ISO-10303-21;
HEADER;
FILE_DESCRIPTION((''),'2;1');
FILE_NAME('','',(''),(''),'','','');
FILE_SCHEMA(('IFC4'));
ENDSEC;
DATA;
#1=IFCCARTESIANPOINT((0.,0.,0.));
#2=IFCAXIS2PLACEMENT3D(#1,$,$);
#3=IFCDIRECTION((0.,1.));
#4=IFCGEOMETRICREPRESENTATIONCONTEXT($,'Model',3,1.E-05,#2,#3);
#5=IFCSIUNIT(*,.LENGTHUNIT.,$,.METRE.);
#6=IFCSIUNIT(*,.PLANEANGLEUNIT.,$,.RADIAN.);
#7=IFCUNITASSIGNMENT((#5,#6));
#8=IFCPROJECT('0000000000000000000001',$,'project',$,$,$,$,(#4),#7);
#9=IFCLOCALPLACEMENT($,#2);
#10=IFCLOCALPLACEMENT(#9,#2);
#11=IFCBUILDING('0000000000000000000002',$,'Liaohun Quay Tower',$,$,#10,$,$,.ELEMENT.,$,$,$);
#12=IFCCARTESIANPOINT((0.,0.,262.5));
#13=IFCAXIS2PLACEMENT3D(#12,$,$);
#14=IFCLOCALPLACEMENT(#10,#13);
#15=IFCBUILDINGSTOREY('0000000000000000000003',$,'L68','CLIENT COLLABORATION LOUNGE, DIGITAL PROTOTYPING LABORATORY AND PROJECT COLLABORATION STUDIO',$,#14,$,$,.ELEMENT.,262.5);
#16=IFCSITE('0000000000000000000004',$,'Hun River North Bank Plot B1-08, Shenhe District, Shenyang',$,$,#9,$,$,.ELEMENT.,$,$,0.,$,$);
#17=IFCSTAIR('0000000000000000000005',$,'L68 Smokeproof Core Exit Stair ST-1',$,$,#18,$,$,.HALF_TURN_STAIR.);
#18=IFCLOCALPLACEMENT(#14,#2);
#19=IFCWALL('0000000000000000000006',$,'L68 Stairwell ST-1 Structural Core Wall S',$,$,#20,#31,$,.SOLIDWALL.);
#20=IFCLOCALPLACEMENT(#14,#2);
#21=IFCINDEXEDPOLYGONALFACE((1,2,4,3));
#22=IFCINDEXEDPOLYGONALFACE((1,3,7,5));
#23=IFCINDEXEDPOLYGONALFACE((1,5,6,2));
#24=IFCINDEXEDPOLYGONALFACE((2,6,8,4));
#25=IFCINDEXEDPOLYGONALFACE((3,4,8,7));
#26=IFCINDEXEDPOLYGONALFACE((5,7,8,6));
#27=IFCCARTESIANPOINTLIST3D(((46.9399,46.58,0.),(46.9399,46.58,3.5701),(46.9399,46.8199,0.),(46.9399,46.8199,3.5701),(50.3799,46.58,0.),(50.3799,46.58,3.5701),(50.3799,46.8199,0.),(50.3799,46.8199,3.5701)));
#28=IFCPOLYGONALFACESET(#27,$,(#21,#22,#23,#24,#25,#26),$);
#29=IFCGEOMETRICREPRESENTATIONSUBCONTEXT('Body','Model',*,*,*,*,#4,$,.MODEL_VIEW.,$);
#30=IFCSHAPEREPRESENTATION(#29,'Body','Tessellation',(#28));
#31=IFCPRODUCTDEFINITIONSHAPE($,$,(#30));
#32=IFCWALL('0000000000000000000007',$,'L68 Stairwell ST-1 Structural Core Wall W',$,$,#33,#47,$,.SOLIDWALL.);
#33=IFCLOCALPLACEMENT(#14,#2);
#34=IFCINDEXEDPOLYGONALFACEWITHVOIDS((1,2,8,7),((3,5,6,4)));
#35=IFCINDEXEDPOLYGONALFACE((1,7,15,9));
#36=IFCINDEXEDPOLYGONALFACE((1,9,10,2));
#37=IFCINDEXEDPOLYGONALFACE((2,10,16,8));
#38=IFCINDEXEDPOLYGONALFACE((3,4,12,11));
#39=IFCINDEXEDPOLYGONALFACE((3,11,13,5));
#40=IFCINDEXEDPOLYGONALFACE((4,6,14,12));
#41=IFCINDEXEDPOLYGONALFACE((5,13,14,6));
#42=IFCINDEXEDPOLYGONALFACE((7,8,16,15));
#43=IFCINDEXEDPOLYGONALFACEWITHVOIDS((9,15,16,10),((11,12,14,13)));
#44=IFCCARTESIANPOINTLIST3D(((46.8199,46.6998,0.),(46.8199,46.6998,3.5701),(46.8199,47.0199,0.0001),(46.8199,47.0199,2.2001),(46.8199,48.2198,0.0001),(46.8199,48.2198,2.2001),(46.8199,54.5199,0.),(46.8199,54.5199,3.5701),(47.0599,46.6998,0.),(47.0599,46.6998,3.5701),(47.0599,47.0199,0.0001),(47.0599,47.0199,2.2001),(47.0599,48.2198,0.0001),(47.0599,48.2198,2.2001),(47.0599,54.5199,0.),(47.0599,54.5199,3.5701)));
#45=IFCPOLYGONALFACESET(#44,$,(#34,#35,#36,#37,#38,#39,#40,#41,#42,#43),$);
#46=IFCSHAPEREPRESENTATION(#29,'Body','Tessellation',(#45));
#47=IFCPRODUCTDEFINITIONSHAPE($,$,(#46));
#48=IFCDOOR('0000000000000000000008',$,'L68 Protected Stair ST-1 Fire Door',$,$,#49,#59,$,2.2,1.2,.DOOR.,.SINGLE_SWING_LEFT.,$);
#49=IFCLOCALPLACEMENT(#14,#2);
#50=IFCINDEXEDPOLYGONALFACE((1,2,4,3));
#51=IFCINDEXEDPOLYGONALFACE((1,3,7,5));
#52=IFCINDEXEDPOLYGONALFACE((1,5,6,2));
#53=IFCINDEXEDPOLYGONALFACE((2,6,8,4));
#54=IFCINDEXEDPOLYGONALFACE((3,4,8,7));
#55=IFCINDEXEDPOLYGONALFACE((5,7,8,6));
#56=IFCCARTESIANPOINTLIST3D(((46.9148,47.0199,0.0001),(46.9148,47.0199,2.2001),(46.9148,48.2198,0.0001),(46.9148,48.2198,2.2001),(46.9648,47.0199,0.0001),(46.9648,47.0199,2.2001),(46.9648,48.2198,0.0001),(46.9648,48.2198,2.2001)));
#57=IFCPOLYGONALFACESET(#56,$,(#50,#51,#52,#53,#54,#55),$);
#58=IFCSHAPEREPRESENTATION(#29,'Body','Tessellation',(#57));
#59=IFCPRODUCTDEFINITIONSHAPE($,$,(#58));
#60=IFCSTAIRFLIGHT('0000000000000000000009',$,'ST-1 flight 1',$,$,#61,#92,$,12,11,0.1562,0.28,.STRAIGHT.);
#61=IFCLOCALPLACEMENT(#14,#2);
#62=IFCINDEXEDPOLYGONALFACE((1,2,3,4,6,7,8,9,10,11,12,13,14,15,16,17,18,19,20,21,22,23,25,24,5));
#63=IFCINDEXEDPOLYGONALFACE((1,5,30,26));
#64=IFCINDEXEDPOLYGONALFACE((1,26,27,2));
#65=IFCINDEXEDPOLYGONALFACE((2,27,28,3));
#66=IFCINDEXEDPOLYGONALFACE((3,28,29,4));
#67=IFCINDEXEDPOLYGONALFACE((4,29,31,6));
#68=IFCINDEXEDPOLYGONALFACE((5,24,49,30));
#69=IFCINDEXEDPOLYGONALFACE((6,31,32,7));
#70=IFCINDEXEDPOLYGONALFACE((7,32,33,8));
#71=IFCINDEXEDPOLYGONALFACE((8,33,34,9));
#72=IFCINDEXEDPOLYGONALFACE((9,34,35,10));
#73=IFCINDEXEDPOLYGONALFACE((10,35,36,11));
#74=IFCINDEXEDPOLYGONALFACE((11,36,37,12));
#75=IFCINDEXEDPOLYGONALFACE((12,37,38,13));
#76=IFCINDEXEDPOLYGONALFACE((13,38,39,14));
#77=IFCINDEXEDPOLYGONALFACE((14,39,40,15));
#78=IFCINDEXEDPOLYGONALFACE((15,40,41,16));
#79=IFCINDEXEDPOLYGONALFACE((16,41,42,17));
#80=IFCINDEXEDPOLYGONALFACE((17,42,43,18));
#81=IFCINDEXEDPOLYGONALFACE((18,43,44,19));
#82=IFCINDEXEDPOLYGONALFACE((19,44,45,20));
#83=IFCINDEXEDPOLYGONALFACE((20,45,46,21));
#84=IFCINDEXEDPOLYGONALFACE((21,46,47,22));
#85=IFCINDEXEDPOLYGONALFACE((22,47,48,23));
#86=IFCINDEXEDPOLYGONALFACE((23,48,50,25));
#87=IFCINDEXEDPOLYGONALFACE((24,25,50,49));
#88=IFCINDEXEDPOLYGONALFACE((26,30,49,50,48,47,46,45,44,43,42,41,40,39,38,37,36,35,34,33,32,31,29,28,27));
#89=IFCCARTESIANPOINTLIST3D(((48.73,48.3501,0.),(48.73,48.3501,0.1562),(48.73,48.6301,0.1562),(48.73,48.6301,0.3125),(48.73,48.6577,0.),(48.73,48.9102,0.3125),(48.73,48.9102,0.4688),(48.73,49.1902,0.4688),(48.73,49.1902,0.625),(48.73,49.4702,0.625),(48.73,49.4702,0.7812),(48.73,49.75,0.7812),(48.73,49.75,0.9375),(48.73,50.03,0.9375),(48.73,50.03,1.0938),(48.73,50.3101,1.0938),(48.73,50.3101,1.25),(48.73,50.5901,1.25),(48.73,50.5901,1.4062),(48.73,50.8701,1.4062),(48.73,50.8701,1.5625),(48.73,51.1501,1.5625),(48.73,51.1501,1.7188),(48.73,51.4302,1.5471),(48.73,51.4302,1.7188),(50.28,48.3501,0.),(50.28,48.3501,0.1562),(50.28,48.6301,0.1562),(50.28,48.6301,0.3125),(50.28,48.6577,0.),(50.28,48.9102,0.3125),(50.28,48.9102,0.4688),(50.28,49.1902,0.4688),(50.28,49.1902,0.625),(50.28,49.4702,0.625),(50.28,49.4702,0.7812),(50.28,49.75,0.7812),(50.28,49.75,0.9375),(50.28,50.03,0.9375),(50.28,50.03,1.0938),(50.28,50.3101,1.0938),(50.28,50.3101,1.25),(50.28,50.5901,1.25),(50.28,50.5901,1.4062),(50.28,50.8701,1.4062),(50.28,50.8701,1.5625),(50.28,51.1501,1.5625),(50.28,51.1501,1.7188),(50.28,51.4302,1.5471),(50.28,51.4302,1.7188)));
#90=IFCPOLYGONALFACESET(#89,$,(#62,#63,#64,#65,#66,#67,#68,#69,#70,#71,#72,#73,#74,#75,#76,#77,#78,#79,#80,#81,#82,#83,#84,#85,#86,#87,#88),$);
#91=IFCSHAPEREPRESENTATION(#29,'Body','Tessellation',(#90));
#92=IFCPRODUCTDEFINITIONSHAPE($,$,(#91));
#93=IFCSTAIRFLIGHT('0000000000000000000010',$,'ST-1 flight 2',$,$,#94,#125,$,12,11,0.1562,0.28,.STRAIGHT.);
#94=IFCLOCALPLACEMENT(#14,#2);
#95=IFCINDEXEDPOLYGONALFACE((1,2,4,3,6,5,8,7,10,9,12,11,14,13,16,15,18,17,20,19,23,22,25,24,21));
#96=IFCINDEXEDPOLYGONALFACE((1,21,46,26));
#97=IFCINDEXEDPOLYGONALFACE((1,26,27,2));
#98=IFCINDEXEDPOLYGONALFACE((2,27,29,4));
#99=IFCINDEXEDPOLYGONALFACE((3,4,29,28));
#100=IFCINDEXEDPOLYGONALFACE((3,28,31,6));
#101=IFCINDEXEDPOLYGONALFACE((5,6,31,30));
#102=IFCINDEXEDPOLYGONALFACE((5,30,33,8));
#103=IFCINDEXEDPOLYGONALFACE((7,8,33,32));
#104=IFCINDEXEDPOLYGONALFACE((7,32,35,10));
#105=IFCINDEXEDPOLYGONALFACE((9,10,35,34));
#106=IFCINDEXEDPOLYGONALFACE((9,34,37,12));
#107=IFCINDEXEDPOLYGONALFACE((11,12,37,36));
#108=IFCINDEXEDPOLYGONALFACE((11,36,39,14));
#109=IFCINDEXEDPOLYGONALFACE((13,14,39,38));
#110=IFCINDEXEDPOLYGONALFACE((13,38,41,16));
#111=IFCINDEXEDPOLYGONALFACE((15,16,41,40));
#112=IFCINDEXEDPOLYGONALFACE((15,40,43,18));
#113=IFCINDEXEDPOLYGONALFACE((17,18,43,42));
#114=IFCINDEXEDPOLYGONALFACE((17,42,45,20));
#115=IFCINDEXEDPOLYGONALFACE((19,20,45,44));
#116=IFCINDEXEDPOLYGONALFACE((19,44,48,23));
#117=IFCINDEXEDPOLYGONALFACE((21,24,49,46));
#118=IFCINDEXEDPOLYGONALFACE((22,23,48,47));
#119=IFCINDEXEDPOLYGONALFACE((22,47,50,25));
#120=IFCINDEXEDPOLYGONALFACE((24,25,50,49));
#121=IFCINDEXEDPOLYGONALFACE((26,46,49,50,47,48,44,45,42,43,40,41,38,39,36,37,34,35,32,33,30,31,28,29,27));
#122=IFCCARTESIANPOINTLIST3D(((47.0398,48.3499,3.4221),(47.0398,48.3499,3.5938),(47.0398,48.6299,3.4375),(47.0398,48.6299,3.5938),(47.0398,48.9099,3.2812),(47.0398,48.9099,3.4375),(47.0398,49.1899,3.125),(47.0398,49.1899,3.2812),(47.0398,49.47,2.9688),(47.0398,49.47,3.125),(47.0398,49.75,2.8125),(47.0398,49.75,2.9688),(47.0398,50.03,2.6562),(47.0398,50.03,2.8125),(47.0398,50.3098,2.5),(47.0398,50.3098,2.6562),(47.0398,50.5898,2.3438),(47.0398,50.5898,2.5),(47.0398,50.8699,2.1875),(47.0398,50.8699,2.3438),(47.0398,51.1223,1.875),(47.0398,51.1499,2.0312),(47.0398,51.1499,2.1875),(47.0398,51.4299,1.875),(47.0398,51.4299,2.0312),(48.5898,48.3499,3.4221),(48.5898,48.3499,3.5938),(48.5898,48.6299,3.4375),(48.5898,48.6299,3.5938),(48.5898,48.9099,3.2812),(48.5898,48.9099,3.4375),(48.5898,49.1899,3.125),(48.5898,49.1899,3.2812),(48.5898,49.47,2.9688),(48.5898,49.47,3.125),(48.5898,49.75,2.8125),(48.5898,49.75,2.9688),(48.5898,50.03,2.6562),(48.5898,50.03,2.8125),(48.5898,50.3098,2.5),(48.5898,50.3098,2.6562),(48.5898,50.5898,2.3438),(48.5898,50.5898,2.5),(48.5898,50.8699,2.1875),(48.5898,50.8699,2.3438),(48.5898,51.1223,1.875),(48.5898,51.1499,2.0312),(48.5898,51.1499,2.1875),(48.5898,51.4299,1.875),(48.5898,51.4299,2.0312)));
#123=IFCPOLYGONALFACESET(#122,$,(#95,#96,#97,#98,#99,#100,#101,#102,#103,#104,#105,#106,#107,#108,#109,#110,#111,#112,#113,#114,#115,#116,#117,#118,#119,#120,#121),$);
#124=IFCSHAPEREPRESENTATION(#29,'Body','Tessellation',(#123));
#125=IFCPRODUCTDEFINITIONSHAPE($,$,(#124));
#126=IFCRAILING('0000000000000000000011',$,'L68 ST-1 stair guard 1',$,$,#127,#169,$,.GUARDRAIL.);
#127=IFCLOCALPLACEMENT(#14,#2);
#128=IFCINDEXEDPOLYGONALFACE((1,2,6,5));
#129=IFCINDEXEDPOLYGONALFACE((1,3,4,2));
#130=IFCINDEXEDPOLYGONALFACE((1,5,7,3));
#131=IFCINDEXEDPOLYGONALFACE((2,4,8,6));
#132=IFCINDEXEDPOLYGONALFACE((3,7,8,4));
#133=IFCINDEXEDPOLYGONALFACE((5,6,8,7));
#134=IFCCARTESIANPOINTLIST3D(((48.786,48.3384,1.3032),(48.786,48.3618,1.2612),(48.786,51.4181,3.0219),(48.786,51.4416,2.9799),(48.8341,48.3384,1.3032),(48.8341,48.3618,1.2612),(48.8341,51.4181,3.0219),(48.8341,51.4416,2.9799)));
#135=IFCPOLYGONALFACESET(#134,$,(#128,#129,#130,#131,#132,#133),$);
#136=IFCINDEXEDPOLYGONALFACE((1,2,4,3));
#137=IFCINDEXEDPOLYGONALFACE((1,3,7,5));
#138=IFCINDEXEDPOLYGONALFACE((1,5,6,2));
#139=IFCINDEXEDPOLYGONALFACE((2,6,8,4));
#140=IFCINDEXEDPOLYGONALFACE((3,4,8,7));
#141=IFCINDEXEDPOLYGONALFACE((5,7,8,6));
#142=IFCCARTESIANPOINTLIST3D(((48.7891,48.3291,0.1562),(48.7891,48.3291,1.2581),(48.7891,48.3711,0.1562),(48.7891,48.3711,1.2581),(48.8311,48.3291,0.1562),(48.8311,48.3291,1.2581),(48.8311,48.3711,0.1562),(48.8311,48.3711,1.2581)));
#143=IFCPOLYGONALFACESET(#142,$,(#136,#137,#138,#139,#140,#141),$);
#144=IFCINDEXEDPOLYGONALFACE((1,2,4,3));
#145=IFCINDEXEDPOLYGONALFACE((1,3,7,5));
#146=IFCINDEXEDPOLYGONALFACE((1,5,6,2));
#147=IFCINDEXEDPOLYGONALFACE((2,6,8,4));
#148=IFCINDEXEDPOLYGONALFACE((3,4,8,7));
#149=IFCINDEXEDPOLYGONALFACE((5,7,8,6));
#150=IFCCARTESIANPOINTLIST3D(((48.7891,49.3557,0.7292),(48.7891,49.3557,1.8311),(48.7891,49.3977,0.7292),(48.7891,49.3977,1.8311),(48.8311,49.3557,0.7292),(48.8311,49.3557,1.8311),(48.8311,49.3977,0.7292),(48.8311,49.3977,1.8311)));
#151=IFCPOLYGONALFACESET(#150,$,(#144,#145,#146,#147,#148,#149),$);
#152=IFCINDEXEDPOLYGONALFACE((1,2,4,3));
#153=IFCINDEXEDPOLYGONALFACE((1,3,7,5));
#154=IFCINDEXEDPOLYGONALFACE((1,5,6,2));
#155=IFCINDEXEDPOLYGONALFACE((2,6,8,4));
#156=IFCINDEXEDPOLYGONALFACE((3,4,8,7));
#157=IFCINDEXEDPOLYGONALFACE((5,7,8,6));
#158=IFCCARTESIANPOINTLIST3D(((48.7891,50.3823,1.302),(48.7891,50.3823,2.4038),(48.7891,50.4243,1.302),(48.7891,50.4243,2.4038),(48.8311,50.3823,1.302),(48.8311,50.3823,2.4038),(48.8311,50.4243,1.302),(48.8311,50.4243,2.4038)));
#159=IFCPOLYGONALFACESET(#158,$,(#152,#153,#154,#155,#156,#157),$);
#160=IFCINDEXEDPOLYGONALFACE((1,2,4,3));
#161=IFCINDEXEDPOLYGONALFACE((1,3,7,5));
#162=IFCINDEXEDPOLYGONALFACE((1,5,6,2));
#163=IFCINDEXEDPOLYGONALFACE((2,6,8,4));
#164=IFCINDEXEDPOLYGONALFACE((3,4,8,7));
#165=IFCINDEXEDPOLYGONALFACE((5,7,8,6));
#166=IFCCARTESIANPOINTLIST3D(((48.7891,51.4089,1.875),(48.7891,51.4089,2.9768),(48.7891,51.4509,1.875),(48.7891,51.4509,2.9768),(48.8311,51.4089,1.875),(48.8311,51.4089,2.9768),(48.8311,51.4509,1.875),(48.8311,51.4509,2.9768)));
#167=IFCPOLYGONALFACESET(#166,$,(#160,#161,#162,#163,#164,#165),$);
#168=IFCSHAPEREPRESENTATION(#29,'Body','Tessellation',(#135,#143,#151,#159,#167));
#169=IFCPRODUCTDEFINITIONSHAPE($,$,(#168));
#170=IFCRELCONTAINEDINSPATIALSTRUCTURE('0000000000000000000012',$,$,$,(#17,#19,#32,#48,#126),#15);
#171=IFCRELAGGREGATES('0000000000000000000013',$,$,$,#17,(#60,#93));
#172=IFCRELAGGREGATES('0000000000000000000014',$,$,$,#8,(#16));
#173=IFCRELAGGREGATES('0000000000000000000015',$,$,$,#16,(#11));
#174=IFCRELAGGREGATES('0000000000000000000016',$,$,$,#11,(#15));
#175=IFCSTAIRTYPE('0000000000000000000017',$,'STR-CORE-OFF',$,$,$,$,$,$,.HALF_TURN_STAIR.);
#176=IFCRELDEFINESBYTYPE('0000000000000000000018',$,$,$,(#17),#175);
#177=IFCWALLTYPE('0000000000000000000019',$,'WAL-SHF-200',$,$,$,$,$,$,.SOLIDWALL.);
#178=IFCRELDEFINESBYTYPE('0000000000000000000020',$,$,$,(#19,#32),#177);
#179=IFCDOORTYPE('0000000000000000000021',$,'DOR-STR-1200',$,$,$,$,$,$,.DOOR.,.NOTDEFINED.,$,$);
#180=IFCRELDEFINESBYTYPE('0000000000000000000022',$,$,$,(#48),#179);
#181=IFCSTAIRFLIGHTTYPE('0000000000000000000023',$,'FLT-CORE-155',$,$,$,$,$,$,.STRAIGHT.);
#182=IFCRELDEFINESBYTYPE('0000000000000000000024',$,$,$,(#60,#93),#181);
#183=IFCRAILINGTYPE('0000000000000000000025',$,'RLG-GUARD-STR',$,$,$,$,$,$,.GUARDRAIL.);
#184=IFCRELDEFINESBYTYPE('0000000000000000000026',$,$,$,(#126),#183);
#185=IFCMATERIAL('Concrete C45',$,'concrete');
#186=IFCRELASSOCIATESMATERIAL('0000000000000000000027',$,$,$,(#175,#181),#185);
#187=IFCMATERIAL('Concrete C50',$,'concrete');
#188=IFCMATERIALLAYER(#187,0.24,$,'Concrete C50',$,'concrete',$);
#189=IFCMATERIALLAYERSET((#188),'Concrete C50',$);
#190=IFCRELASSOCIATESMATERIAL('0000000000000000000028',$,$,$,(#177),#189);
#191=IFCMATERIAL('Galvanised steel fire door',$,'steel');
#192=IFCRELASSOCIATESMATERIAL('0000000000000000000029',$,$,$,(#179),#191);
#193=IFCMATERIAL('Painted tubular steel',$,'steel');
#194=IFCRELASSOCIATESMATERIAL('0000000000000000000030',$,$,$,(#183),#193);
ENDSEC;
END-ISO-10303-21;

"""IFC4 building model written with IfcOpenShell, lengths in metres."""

from ifc_helpers import new_model, si_unit, direction, frame, frame_2d, origin, origin_2d, place, context, subcontext, project, spatial, polyline, rectangle, outline, extrude, source, transform, mapped, material, layer, layer_set, type_object, element, fill, aggregate, save


model = new_model("IFC4")

# Units and contexts
model_context = context("Model", 3, precision=1e-05, world=origin(), true_north=direction((0.0, 1.0)))
body_context = subcontext(model_context, "Body", "Model", "MODEL_VIEW")
ifc_project = project(units=[si_unit("LENGTHUNIT", "METRE"), si_unit("PLANEANGLEUNIT", "RADIAN")], contexts=[model_context])

# Site, building, storey
site_placement = place(None, origin())
site = spatial("IfcSite", under=ifc_project, at=site_placement, Name="Hun River North Bank Plot B1-08, Shenhe District, Shenyang", CompositionType="ELEMENT", RefElevation=0.0)
building_placement = place(site_placement, origin())
building = spatial("IfcBuilding", under=site, at=building_placement, Name="Liaohun Quay Tower", CompositionType="ELEMENT")
storey_placement = place(building_placement, frame((0.0, 0.0, 262.5)))
storey = spatial("IfcBuildingStorey", under=building, at=storey_placement, Name="L68", Description="CLIENT COLLABORATION LOUNGE, DIGITAL PROTOTYPING LABORATORY AND PROJECT COLLABORATION STUDIO", CompositionType="ELEMENT", Elevation=262.5)

# Stair
ifc_material_1 = material(Name="Concrete C45", Category="concrete")
stair_type = type_object("IfcStairType", Name="STR-CORE-OFF", PredefinedType="HALF_TURN_STAIR", material=ifc_material_1)
stair_1_placement = place(storey_placement, origin())
stair_1 = element("IfcStair", 1, at=stair_1_placement, inside=storey, type_object=stair_type, Name="L68 Smokeproof Core Exit Stair ST-1", PredefinedType="HALF_TURN_STAIR")

# Wall
ifc_material_2 = material(Name="Concrete C50", Category="concrete")
ifc_layer_1 = layer(ifc_material_2, 0.24, Name="Concrete C50", Category="concrete")
ifc_layer_set_1 = layer_set([ifc_layer_1], Name="Concrete C50")
wall_type_1 = type_object("IfcWallType", Name="WAL-SHF-200", PredefinedType="SOLIDWALL", material=ifc_layer_set_1)
wall_1_placement = place(storey_placement, frame((46.9399, 46.7, 0.0), z_axis=(0.0, 0.0, 1.0), x_axis=(1.0, 0.0, 0.0)))
element("IfcWall", 2, at=wall_1_placement, inside=storey, type_object=wall_type_1, Name="L68 Stairwell ST-1 Structural Core Wall S", PredefinedType="SOLIDWALL", context=body_context, shape_type="SweptSolid", body=[
    extrude(rectangle(XDim=3.4399, YDim=0.24, at=frame_2d((1.72, 0.0))), origin(), (0.0, 0.0, 1.0), 3.5701),
])

# Wall, opening, door
wall_2_placement = place(storey_placement, frame((46.9399, 54.52, 0.0), z_axis=(0.0, 0.0, 1.0), x_axis=(0.0, -1.0, 0.0)))
wall_2 = element("IfcWall", 3, at=wall_2_placement, inside=storey, type_object=wall_type_1, Name="L68 Stairwell ST-1 Structural Core Wall W", PredefinedType="SOLIDWALL", context=body_context, shape_type="SweptSolid", body=[
    extrude(rectangle(XDim=7.8201, YDim=0.24, at=frame_2d((3.9102, 0.0))), origin(), (0.0, 0.0, 1.0), 3.5701),
])
shared_shape_1 = source(origin(), body_context, "Body", "SweptSolid", [
    extrude(rectangle(XDim=1.2, YDim=2.2, at=frame_2d((0.6001, 1.1001))), frame((0.0, 0.1299, 0.0), z_axis=(0.0, -1.0, 0.0), x_axis=(1.0, 0.0, 0.0)), (0.0, 0.0, 1.0), 0.26),
])
opening_1_placement = place(wall_2_placement, frame((6.3, 0.0, 0.0)))
opening_1 = element("IfcOpeningElement", 4, at=opening_1_placement, cuts=wall_2, PredefinedType="OPENING", context=body_context, shape_type="MappedRepresentation", body=[
    mapped(shared_shape_1, transform((0.0, 0.0, 0.0), x_axis=(1.0, 0.0, 0.0), y_axis=(0.0, 1.0, 0.0), z_axis=(0.0, 0.0, 1.0), scale=1.0)),
])
ifc_material_3 = material(Name="Galvanised steel fire door", Category="steel")
door_type_1 = type_object("IfcDoorType", Name="DOR-STR-1200", OperationType="NOTDEFINED", PredefinedType="DOOR", material=ifc_material_3)
shared_shape_2 = source(origin(), body_context, "Body", "SweptSolid", [
    extrude(rectangle(XDim=1.2, YDim=2.2, at=frame_2d((0.6001, 1.1001))), frame((0.0, 0.0249, 0.0), z_axis=(0.0, -1.0, 0.0), x_axis=(1.0, 0.0, 0.0)), (0.0, 0.0, 1.0), 0.05),
])
door_1_placement = place(opening_1_placement, origin())
door_1 = element("IfcDoor", 5, at=door_1_placement, inside=storey, type_object=door_type_1, Name="L68 Protected Stair ST-1 Fire Door", OperationType="SINGLE_SWING_LEFT", OverallHeight=2.2, OverallWidth=1.2, PredefinedType="DOOR", context=body_context, shape_type="MappedRepresentation", body=[
    mapped(shared_shape_2, transform((0.0, 0.0, 0.0), x_axis=(1.0, 0.0, 0.0), y_axis=(0.0, 1.0, 0.0), z_axis=(0.0, 0.0, 1.0), scale=1.0)),
])
fill(opening_1, door_1)

# Stair flights
stair_flight_type = type_object("IfcStairFlightType", Name="FLT-CORE-155", PredefinedType="STRAIGHT", material=ifc_material_1)
stair_flight_1_placement = place(storey_placement, frame((49.5049, 48.3501, 0.0), z_axis=(0.0, 0.0, 1.0), x_axis=(0.0, 1.0, 0.0)))
stair_flight_1 = element("IfcStairFlight", 6, at=stair_flight_1_placement, type_object=stair_flight_type, Name="ST-1 flight 1", NumberOfRisers=12, NumberOfTreads=11, PredefinedType="STRAIGHT", RiserHeight=0.1562, TreadLength=0.28, context=body_context, shape_type="SweptSolid", body=[
    extrude(outline(polyline([(0.0, 0.0), (0.0, 0.1562), (0.28, 0.1562), (0.28, 0.3125), (0.5601, 0.3125), (0.5601, 0.4688), (0.8401, 0.4688), (0.8401, 0.625), (1.1201, 0.625), (1.1201, 0.7812), (1.3999, 0.7812), (1.3999, 0.9375), (1.6799, 0.9375), (1.6799, 1.0938), (1.96, 1.0938), (1.96, 1.25), (2.24, 1.25), (2.24, 1.4062), (2.52, 1.4062), (2.52, 1.5625), (2.8, 1.5625), (2.8, 1.7188), (3.0801, 1.7188), (3.0801, 1.875), (3.0801, 1.5471), (0.3076, 0.0), (0.0, 0.0)])), frame((0.0, 0.7749, 0.0), z_axis=(0.0, -1.0, 0.0), x_axis=(1.0, 0.0, 0.0)), (0.0, 0.0, 1.0), 1.55),
])
stair_flight_2_placement = place(storey_placement, frame((47.8149, 51.4299, 1.875), z_axis=(0.0, 0.0, 1.0), x_axis=(0.0, -1.0, 0.0)))
stair_flight_2 = element("IfcStairFlight", 7, at=stair_flight_2_placement, type_object=stair_flight_type, Name="ST-1 flight 2", NumberOfRisers=12, NumberOfTreads=11, PredefinedType="STRAIGHT", RiserHeight=0.1562, TreadLength=0.28, context=body_context, shape_type="SweptSolid", body=[
    extrude(outline(polyline([(0.0, 0.0), (0.0, 0.1562), (0.28, 0.1562), (0.28, 0.3125), (0.5601, 0.3125), (0.5601, 0.4688), (0.8401, 0.4688), (0.8401, 0.625), (1.1201, 0.625), (1.1201, 0.7812), (1.3999, 0.7812), (1.3999, 0.9375), (1.6799, 0.9375), (1.6799, 1.0938), (1.96, 1.0938), (1.96, 1.25), (2.24, 1.25), (2.24, 1.4062), (2.52, 1.4062), (2.52, 1.5625), (2.8, 1.5625), (2.8, 1.7188), (3.0801, 1.7188), (3.0801, 1.875), (3.0801, 1.5471), (0.3076, 0.0), (0.0, 0.0)])), frame((0.0, 0.7749, 0.0), z_axis=(0.0, -1.0, 0.0), x_axis=(1.0, 0.0, 0.0)), (0.0, 0.0, 1.0), 1.55),
])
aggregate(stair_1, [stair_flight_1, stair_flight_2])

# Railing
ifc_material_4 = material(Name="Painted tubular steel", Category="steel")
railing_type_1 = type_object("IfcRailingType", Name="RLG-GUARD-STR", PredefinedType="GUARDRAIL", material=ifc_material_4)
railing_1_placement = place(storey_placement, frame((48.8101, 48.3501, 0.1562)))
element("IfcRailing", 8, at=railing_1_placement, inside=storey, type_object=railing_type_1, Name="L68 ST-1 stair guard 1", PredefinedType="GUARDRAIL", context=body_context, shape_type="SweptSolid", body=[
    extrude(rectangle(XDim=0.0481, YDim=0.0481, at=origin_2d()), frame((0.0, 0.0, 1.126), z_axis=(0.0, 0.873225, 0.487317), x_axis=(-1.0, 0.0, 0.0)), (0.0, 0.0, 1.0), 3.5269),
    extrude(rectangle(XDim=0.042, YDim=0.042, at=origin_2d()), origin(), (0.0, 0.0, 1.0), 1.1018),
    extrude(rectangle(XDim=0.042, YDim=0.042, at=origin_2d()), frame((0.0, 1.0266, 0.573)), (0.0, 0.0, 1.0), 1.1018),
    extrude(rectangle(XDim=0.042, YDim=0.042, at=origin_2d()), frame((0.0, 2.0532, 1.1458)), (0.0, 0.0, 1.0), 1.1018),
    extrude(rectangle(XDim=0.042, YDim=0.042, at=origin_2d()), frame((0.0, 3.0798, 1.7188)), (0.0, 0.0, 1.0), 1.1018),
])

save(model, "model.ifc")
